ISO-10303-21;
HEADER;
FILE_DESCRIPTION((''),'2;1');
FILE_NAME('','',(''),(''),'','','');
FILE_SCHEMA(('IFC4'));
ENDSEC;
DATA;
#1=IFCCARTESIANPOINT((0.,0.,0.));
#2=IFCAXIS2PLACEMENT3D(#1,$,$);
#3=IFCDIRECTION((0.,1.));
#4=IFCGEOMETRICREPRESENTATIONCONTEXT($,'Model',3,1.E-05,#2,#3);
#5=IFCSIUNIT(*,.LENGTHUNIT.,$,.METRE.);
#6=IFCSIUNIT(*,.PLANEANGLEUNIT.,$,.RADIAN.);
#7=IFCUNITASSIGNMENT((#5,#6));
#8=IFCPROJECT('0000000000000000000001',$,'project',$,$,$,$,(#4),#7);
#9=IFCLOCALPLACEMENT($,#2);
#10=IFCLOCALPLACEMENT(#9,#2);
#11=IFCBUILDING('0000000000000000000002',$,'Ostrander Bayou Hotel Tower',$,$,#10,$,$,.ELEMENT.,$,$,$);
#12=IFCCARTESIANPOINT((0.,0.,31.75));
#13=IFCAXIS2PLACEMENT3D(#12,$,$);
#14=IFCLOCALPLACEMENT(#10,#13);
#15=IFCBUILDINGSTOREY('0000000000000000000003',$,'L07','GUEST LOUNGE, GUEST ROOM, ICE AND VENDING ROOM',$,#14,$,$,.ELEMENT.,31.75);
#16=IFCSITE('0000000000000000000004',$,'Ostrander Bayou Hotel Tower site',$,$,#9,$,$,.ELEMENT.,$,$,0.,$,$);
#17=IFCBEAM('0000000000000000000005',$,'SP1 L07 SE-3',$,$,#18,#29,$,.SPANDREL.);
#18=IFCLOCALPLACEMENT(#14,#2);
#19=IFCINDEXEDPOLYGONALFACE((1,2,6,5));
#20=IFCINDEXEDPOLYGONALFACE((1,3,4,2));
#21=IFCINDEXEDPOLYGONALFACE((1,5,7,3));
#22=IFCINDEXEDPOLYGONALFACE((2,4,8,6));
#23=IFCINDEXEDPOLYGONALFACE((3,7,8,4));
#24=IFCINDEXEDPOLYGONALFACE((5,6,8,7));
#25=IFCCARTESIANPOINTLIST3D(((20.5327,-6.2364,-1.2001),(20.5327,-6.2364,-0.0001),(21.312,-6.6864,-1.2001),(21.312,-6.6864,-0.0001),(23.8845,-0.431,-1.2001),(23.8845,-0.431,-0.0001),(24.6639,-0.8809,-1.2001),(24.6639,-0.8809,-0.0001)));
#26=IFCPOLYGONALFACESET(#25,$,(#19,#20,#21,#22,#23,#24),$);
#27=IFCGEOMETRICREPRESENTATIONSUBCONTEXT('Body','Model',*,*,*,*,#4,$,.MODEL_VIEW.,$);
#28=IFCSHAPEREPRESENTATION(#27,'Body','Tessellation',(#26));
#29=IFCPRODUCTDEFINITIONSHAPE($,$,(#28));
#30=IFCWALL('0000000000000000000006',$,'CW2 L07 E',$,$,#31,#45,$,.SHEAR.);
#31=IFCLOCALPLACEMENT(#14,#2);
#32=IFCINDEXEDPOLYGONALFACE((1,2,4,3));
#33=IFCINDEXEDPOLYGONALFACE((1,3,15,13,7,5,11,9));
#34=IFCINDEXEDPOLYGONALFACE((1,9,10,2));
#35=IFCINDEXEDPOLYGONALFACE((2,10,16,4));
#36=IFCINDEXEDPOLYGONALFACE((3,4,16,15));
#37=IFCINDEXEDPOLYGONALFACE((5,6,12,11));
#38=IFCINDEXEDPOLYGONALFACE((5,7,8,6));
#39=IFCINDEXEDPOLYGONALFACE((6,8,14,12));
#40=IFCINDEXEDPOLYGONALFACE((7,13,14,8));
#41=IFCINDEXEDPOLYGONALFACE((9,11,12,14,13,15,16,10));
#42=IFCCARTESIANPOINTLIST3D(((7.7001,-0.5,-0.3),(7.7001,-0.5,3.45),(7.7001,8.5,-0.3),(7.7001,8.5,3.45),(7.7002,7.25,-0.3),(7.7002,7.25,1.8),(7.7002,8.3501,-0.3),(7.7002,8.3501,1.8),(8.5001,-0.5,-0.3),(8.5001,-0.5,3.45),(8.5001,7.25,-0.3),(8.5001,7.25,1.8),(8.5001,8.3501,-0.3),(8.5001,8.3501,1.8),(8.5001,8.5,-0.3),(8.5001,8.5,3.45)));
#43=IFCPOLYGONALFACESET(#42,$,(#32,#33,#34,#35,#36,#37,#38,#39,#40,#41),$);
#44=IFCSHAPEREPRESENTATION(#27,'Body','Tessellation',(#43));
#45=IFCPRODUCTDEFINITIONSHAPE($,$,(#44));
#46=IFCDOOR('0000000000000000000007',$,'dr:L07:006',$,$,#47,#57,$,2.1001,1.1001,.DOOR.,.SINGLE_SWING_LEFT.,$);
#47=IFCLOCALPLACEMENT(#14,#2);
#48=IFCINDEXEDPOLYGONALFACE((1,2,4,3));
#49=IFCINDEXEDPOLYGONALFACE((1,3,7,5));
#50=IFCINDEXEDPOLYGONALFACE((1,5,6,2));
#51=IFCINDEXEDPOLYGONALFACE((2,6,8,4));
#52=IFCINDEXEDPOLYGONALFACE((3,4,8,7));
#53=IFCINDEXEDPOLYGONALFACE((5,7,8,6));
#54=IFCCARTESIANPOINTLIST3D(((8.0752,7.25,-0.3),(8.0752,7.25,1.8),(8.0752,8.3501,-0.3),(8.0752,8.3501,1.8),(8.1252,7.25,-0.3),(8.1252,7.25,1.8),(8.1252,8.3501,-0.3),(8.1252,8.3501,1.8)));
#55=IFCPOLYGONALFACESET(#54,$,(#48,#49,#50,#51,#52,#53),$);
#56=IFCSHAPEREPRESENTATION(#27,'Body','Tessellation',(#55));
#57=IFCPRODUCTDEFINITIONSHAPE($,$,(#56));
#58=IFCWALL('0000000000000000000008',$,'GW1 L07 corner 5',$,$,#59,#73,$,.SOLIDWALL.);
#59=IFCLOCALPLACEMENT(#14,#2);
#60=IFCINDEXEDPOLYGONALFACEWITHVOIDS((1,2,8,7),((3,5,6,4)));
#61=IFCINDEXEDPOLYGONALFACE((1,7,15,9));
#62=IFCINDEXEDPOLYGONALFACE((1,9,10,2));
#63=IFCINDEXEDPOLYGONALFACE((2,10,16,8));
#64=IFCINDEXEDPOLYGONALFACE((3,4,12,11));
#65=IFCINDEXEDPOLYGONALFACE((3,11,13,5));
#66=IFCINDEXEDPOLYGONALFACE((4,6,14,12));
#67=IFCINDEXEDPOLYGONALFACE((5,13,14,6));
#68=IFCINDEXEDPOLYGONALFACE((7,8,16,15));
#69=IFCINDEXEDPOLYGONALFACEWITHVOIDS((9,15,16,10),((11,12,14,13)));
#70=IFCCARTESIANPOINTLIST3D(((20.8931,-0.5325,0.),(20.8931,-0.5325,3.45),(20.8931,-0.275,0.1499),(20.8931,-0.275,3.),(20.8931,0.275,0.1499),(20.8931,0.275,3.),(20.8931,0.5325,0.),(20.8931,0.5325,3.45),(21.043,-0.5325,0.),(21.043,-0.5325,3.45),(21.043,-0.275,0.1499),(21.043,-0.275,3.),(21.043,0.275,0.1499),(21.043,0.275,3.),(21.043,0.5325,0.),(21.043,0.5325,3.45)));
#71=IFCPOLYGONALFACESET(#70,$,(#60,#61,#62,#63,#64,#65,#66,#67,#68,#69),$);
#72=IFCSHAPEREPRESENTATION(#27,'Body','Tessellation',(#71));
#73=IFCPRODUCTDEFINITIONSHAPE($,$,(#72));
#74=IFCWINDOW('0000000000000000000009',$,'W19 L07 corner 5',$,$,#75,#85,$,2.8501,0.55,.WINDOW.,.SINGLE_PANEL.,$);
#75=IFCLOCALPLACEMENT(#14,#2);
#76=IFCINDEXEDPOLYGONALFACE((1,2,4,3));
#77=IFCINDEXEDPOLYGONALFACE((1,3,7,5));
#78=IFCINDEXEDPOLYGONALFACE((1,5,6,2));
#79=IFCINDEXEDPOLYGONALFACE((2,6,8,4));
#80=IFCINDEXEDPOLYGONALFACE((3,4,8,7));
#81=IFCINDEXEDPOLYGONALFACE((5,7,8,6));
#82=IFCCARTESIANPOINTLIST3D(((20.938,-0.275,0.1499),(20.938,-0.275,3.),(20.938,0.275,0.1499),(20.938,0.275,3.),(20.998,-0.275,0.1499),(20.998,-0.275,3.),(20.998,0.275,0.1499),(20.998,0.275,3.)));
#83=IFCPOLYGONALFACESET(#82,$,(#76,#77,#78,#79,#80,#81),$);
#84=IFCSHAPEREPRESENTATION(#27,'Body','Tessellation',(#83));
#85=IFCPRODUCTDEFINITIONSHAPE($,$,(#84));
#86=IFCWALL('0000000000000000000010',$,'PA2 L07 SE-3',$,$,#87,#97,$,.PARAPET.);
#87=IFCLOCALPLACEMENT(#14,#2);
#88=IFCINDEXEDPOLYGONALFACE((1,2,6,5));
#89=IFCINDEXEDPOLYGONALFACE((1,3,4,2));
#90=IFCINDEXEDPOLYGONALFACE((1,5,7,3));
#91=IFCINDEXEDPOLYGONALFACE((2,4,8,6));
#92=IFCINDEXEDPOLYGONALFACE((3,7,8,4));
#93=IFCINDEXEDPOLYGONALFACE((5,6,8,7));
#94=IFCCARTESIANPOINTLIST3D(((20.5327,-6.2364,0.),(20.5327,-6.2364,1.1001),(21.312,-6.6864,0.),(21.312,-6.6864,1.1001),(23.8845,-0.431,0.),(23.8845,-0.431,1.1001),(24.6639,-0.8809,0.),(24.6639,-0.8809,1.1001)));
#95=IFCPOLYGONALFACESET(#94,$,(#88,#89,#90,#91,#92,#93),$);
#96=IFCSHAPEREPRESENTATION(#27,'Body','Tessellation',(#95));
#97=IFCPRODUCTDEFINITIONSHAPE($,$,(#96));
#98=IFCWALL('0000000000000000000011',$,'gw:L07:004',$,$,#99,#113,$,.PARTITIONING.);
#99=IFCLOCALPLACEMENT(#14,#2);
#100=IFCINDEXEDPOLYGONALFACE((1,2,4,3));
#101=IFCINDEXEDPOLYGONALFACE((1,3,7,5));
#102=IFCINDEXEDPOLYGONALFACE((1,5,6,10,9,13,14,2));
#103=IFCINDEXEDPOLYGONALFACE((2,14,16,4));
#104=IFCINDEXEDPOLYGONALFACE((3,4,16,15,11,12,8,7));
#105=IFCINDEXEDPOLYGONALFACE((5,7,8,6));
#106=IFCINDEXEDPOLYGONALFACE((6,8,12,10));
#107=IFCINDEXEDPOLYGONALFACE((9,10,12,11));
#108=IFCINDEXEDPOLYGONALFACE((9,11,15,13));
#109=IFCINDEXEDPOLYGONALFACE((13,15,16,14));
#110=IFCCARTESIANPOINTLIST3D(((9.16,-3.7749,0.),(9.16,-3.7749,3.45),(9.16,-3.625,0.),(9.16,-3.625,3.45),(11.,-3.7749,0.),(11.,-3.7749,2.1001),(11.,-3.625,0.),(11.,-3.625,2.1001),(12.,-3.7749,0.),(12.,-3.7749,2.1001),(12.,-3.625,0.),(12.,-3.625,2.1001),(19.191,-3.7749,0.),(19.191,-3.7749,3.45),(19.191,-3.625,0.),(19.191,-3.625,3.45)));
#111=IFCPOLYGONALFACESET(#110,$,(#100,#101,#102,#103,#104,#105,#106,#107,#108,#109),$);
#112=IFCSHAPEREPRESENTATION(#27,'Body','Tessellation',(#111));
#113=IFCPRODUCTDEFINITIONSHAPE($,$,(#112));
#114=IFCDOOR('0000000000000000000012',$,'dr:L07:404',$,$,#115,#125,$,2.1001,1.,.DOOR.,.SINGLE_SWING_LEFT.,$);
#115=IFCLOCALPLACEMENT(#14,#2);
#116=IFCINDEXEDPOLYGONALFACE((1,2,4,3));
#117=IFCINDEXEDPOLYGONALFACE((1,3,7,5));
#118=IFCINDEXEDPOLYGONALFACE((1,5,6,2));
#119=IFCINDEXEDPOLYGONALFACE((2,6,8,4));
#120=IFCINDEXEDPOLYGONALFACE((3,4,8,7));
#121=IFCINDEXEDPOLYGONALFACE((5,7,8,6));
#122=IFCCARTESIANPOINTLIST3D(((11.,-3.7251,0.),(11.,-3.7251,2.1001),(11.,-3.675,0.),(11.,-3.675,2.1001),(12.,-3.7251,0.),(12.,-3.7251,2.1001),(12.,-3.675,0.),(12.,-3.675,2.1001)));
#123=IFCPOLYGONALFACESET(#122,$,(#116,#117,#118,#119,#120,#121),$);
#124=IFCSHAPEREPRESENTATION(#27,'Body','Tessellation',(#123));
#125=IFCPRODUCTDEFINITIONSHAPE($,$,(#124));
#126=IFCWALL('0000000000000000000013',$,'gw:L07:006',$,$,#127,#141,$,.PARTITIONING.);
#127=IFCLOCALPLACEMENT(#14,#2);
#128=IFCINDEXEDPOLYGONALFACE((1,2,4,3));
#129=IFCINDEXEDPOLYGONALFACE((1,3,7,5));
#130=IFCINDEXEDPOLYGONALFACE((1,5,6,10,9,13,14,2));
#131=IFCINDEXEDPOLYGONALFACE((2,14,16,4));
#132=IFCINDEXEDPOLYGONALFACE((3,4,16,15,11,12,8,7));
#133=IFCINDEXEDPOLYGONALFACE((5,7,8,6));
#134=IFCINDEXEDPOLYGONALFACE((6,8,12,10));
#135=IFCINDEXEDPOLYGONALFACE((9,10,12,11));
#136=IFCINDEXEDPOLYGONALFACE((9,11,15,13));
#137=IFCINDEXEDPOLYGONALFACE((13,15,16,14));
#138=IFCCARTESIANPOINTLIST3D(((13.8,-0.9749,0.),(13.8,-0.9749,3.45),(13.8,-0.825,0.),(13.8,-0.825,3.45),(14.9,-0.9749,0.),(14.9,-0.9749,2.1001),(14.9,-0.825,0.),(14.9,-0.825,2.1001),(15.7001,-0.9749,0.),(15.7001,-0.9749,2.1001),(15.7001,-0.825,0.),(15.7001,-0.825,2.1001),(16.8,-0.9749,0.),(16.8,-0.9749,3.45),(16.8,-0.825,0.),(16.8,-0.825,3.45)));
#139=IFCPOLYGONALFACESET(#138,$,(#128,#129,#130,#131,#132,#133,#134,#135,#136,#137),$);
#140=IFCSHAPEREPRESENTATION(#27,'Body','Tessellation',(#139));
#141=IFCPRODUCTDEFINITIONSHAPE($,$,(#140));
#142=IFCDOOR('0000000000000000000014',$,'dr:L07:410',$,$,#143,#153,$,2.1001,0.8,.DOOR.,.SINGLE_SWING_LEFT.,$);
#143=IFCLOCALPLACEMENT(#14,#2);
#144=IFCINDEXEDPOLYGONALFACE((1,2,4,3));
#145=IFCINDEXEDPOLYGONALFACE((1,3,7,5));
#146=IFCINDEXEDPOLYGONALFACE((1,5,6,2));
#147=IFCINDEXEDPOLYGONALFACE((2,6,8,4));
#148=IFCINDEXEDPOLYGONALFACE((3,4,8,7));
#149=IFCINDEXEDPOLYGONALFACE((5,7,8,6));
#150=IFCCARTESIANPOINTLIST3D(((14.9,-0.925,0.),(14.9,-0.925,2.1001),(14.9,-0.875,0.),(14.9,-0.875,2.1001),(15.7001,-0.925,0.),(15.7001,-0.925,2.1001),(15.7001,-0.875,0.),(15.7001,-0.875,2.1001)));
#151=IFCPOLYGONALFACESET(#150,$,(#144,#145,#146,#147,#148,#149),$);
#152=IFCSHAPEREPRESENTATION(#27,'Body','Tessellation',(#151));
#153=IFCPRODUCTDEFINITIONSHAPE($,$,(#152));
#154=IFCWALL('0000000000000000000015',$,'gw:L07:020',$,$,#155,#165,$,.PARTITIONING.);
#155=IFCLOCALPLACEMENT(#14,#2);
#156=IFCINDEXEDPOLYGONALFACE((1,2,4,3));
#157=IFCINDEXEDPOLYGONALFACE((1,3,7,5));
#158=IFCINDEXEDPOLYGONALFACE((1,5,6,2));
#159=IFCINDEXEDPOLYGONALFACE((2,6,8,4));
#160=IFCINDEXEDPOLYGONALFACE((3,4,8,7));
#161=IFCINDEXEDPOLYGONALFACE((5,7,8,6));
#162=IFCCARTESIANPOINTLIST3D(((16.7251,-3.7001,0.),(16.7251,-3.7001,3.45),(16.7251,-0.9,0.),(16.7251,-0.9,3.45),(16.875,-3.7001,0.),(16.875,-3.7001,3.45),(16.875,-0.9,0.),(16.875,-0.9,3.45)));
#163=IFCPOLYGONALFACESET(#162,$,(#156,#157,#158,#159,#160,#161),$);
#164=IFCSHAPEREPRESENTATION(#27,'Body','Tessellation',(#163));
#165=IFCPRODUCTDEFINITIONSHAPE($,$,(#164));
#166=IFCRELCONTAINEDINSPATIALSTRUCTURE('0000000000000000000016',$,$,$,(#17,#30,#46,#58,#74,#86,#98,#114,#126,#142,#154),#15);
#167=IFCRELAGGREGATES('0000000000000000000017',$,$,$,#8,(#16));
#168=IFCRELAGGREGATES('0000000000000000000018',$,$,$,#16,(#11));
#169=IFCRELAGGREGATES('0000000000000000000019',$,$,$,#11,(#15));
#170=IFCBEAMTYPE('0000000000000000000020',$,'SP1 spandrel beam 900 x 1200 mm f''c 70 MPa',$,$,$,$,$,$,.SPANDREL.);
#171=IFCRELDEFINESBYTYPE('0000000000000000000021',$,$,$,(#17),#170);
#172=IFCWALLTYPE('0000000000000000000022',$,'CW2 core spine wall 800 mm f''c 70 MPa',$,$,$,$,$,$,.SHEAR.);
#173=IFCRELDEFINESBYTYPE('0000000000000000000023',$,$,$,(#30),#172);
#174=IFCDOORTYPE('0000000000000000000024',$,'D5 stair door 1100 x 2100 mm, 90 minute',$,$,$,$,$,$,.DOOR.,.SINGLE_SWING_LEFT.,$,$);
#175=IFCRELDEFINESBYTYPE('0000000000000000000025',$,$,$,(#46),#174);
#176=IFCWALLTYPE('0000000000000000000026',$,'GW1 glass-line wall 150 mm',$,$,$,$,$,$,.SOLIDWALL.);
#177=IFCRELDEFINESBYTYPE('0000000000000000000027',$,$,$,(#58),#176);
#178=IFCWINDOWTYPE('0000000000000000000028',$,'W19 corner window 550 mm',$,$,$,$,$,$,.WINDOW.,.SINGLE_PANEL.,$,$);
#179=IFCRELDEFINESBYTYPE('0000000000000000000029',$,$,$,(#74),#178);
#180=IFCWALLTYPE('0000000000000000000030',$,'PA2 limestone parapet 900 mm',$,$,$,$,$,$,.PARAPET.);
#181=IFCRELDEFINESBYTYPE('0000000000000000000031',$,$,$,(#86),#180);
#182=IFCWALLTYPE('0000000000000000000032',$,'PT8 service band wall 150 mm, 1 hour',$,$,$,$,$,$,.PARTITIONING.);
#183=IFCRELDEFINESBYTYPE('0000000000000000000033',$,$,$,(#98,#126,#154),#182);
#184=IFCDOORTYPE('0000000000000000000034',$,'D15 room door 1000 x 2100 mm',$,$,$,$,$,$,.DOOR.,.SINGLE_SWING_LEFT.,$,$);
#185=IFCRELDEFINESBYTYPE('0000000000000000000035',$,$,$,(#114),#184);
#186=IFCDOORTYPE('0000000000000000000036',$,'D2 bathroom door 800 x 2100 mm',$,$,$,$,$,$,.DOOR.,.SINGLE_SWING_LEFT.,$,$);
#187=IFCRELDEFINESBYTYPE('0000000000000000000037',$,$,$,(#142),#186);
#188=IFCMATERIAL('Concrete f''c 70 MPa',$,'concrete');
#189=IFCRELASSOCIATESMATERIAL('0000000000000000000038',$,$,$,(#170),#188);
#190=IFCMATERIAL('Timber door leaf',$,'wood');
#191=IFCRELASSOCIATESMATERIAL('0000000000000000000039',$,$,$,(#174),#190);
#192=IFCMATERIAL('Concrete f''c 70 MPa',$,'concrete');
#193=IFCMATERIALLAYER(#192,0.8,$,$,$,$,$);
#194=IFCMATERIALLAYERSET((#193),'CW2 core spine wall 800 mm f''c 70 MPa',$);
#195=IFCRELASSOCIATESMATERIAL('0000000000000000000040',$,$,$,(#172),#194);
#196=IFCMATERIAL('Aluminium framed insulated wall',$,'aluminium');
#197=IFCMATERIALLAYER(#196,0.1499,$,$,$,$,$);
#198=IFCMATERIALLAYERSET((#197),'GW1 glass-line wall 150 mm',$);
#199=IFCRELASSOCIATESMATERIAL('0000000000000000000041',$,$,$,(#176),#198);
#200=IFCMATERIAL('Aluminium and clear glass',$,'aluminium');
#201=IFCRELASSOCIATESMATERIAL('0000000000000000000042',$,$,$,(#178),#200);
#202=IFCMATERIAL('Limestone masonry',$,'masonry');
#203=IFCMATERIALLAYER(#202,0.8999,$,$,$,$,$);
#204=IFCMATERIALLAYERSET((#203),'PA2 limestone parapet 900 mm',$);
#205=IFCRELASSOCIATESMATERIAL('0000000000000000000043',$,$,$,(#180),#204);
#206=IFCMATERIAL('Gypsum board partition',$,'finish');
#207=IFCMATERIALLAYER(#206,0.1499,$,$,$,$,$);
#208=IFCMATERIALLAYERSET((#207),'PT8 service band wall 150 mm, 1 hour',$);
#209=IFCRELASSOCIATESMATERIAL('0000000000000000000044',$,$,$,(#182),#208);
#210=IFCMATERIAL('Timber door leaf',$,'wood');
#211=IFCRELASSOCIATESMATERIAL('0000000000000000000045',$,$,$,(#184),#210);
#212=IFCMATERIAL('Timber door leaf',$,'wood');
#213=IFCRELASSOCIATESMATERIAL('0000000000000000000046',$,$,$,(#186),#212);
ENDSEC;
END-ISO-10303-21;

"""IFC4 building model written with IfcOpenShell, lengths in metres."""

from ifc_helpers import new_model, si_unit, direction, frame, frame_2d, origin, origin_2d, place, context, subcontext, project, spatial, rectangle, extrude, material, layer, layer_set, material_profile, profile_set, type_object, element, fill, save


model = new_model("IFC4")

# Units and contexts
model_context = context("Model", 3, precision=1e-05, world=origin(), true_north=direction((0.0, 1.0)))
body_context = subcontext(model_context, "Body", "Model", "MODEL_VIEW")
ifc_project = project(units=[si_unit("LENGTHUNIT", "METRE"), si_unit("PLANEANGLEUNIT", "RADIAN")], contexts=[model_context])

# Site, building, storey
site_placement = place(None, origin())
site = spatial("IfcSite", under=ifc_project, at=site_placement, Name="Ostrander Bayou Hotel Tower site", CompositionType="ELEMENT", RefElevation=0.0)
building_placement = place(site_placement, origin())
building = spatial("IfcBuilding", under=site, at=building_placement, Name="Ostrander Bayou Hotel Tower", CompositionType="ELEMENT")
storey_placement = place(building_placement, frame((0.0, 0.0, 31.75)))
storey = spatial("IfcBuildingStorey", under=building, at=storey_placement, Name="L07", Description="GUEST LOUNGE, GUEST ROOM, ICE AND VENDING ROOM", CompositionType="ELEMENT", Elevation=31.75)

# Beam
ifc_material_1 = material(Name="Concrete f'c 70 MPa", Category="concrete")
ifc_material_profile = material_profile(ifc_material_1, rectangle(XDim=0.8999, YDim=1.2, at=origin_2d()))
ifc_profile_set = profile_set([ifc_material_profile], Name="Concrete f'c 70 MPa")
beam_type = type_object("IfcBeamType", Name="SP1 spandrel beam 900 x 1200 mm f'c 70 MPa", PredefinedType="SPANDREL", material=ifc_profile_set)
beam_placement = place(storey_placement, frame((20.9224, -6.4614, -0.6001), z_axis=(0.500005, 0.866022, 0.0), x_axis=(-0.866022, 0.500005, 0.0)))
element("IfcBeam", 1, at=beam_placement, inside=storey, type_object=beam_type, Name="SP1 L07 SE-3", PredefinedType="SPANDREL", context=body_context, shape_type="SweptSolid", body=[
    extrude(rectangle(XDim=0.8999, YDim=1.2, at=origin_2d()), origin(), (0.0, 0.0, 1.0), 6.7036),
])

# Shared definitions
ifc_material_2 = material(Name="Timber door leaf", Category="wood")
door_type_1 = type_object("IfcDoorType", Name="D5 stair door 1100 x 2100 mm, 90 minute", OperationType="SINGLE_SWING_LEFT", PredefinedType="DOOR", material=ifc_material_2)

# Wall, opening, door
ifc_material_3 = material(Name="Concrete f'c 70 MPa", Category="concrete")
ifc_layer_1 = layer(ifc_material_3, 0.8)
ifc_layer_set_1 = layer_set([ifc_layer_1], Name="CW2 core spine wall 800 mm f'c 70 MPa")
wall_type_1 = type_object("IfcWallType", Name="CW2 core spine wall 800 mm f'c 70 MPa", PredefinedType="SHEAR", material=ifc_layer_set_1)
wall_1_placement = place(storey_placement, frame((8.1001, -0.5, -0.3), z_axis=(0.0, 0.0, 1.0), x_axis=(0.0, 1.0, 0.0)))
wall_1 = element("IfcWall", 2, at=wall_1_placement, inside=storey, type_object=wall_type_1, Name="CW2 L07 E", PredefinedType="SHEAR", context=body_context, shape_type="SweptSolid", body=[
    extrude(rectangle(XDim=9.0, YDim=0.8, at=frame_2d((4.5, 0.0))), origin(), (0.0, 0.0, 1.0), 3.75),
])
opening_1_placement = place(wall_1_placement, frame((7.75, 0.0, 0.0)))
opening_1 = element("IfcOpeningElement", 3, at=opening_1_placement, cuts=wall_1, PredefinedType="OPENING", context=body_context, shape_type="SweptSolid", body=[
    extrude(rectangle(XDim=1.1001, YDim=2.1001, at=frame_2d((0.55, 1.05))), frame((0.0, 0.3999, 0.0), z_axis=(0.0, -1.0, 0.0), x_axis=(1.0, 0.0, 0.0)), (0.0, 0.0, 1.0), 0.8),
])
door_1_placement = place(opening_1_placement, origin())
door_1 = element("IfcDoor", 4, at=door_1_placement, inside=storey, type_object=door_type_1, Name="dr:L07:006", OperationType="SINGLE_SWING_LEFT", OverallHeight=2.1001, OverallWidth=1.1001, PredefinedType="DOOR", context=body_context, shape_type="SweptSolid", body=[
    extrude(rectangle(XDim=1.1001, YDim=2.1001, at=frame_2d((0.55, 1.05))), frame((0.0, 0.0249, 0.0), z_axis=(0.0, -1.0, 0.0), x_axis=(1.0, 0.0, 0.0)), (0.0, 0.0, 1.0), 0.05),
])
fill(opening_1, door_1)

# Wall, opening, window
ifc_material_4 = material(Name="Aluminium framed insulated wall", Category="aluminium")
ifc_layer_2 = layer(ifc_material_4, 0.1499)
ifc_layer_set_2 = layer_set([ifc_layer_2], Name="GW1 glass-line wall 150 mm")
wall_type_2 = type_object("IfcWallType", Name="GW1 glass-line wall 150 mm", PredefinedType="SOLIDWALL", material=ifc_layer_set_2)
wall_2_placement = place(storey_placement, frame((20.968, -0.5325, 0.0), z_axis=(0.0, 0.0, 1.0), x_axis=(0.0, 1.0, 0.0)))
wall_2 = element("IfcWall", 5, at=wall_2_placement, inside=storey, type_object=wall_type_2, Name="GW1 L07 corner 5", PredefinedType="SOLIDWALL", context=body_context, shape_type="SweptSolid", body=[
    extrude(rectangle(XDim=1.0649, YDim=0.1499, at=frame_2d((0.5325, 0.0))), origin(), (0.0, 0.0, 1.0), 3.45),
])
opening_2_placement = place(wall_2_placement, frame((0.2576, 0.0, 0.1499)))
opening_2 = element("IfcOpeningElement", 6, at=opening_2_placement, cuts=wall_2, PredefinedType="OPENING", context=body_context, shape_type="SweptSolid", body=[
    extrude(rectangle(XDim=0.55, YDim=2.8501, at=frame_2d((0.2749, 1.425))), frame((0.0, 0.075, 0.0), z_axis=(0.0, -1.0, 0.0), x_axis=(1.0, 0.0, 0.0)), (0.0, 0.0, 1.0), 0.1499),
])
ifc_material_5 = material(Name="Aluminium and clear glass", Category="aluminium")
window_type = type_object("IfcWindowType", Name="W19 corner window 550 mm", PartitioningType="SINGLE_PANEL", PredefinedType="WINDOW", material=ifc_material_5)
window_placement = place(opening_2_placement, origin())
window = element("IfcWindow", 7, at=window_placement, inside=storey, type_object=window_type, Name="W19 L07 corner 5", OverallHeight=2.8501, OverallWidth=0.55, PartitioningType="SINGLE_PANEL", PredefinedType="WINDOW", context=body_context, shape_type="SweptSolid", body=[
    extrude(rectangle(XDim=0.55, YDim=2.8501, at=frame_2d((0.2749, 1.425))), frame((0.0, 0.03, 0.0), z_axis=(0.0, -1.0, 0.0), x_axis=(1.0, 0.0, 0.0)), (0.0, 0.0, 1.0), 0.0601),
])
fill(opening_2, window)

# Wall
ifc_material_6 = material(Name="Limestone masonry", Category="masonry")
ifc_layer_3 = layer(ifc_material_6, 0.8999)
ifc_layer_set_3 = layer_set([ifc_layer_3], Name="PA2 limestone parapet 900 mm")
wall_type_3 = type_object("IfcWallType", Name="PA2 limestone parapet 900 mm", PredefinedType="PARAPET", material=ifc_layer_set_3)
wall_3_placement = place(storey_placement, frame((20.9224, -6.4614, 0.0), z_axis=(0.0, 0.0, 1.0), x_axis=(0.500005, 0.866022, 0.0)))
element("IfcWall", 8, at=wall_3_placement, inside=storey, type_object=wall_type_3, Name="PA2 L07 SE-3", PredefinedType="PARAPET", context=body_context, shape_type="SweptSolid", body=[
    extrude(rectangle(XDim=6.7036, YDim=0.8999, at=frame_2d((3.3518, 0.0))), origin(), (0.0, 0.0, 1.0), 1.1001),
])

# Walls, openings, doors
ifc_material_7 = material(Name="Gypsum board partition", Category="finish")
ifc_layer_4 = layer(ifc_material_7, 0.1499)
ifc_layer_set_4 = layer_set([ifc_layer_4], Name="PT8 service band wall 150 mm, 1 hour")
wall_type_4 = type_object("IfcWallType", Name="PT8 service band wall 150 mm, 1 hour", PredefinedType="PARTITIONING", material=ifc_layer_set_4)
wall_4_placement = place(storey_placement, frame((9.1599, -3.7, 0.0), z_axis=(0.0, 0.0, 1.0), x_axis=(1.0, 0.0, 0.0)))
wall_4 = element("IfcWall", 9, at=wall_4_placement, inside=storey, type_object=wall_type_4, Name="gw:L07:004", PredefinedType="PARTITIONING", context=body_context, shape_type="SweptSolid", body=[
    extrude(rectangle(XDim=10.031, YDim=0.1499, at=frame_2d((5.0156, 0.0))), origin(), (0.0, 0.0, 1.0), 3.45),
])
opening_3_placement = place(wall_4_placement, frame((1.8401, 0.0, 0.0)))
opening_3 = element("IfcOpeningElement", 10, at=opening_3_placement, cuts=wall_4, PredefinedType="OPENING", context=body_context, shape_type="SweptSolid", body=[
    extrude(rectangle(XDim=1.0, YDim=2.1001, at=frame_2d((0.5, 1.05))), frame((0.0, 0.075, 0.0), z_axis=(0.0, -1.0, 0.0), x_axis=(1.0, 0.0, 0.0)), (0.0, 0.0, 1.0), 0.1499),
])
ifc_material_8 = material(Name="Timber door leaf", Category="wood")
door_type_2 = type_object("IfcDoorType", Name="D15 room door 1000 x 2100 mm", OperationType="SINGLE_SWING_LEFT", PredefinedType="DOOR", material=ifc_material_8)
door_2_placement = place(opening_3_placement, origin())
door_2 = element("IfcDoor", 11, at=door_2_placement, inside=storey, type_object=door_type_2, Name="dr:L07:404", OperationType="SINGLE_SWING_LEFT", OverallHeight=2.1001, OverallWidth=1.0, PredefinedType="DOOR", context=body_context, shape_type="SweptSolid", body=[
    extrude(rectangle(XDim=1.0, YDim=2.1001, at=frame_2d((0.5, 1.05))), frame((0.0, 0.0249, 0.0), z_axis=(0.0, -1.0, 0.0), x_axis=(1.0, 0.0, 0.0)), (0.0, 0.0, 1.0), 0.05),
])
fill(opening_3, door_2)
wall_5_placement = place(storey_placement, frame((13.8, -0.8999, 0.0), z_axis=(0.0, 0.0, 1.0), x_axis=(1.0, 0.0, 0.0)))
wall_5 = element("IfcWall", 12, at=wall_5_placement, inside=storey, type_object=wall_type_4, Name="gw:L07:006", PredefinedType="PARTITIONING", context=body_context, shape_type="SweptSolid", body=[
    extrude(rectangle(XDim=3.0, YDim=0.1499, at=frame_2d((1.5, 0.0))), origin(), (0.0, 0.0, 1.0), 3.45),
])
opening_4_placement = place(wall_5_placement, frame((1.1001, 0.0, 0.0)))
opening_4 = element("IfcOpeningElement", 13, at=opening_4_placement, cuts=wall_5, PredefinedType="OPENING", context=body_context, shape_type="SweptSolid", body=[
    extrude(rectangle(XDim=0.8, YDim=2.1001, at=frame_2d((0.3999, 1.05))), frame((0.0, 0.075, 0.0), z_axis=(0.0, -1.0, 0.0), x_axis=(1.0, 0.0, 0.0)), (0.0, 0.0, 1.0), 0.1499),
])
ifc_material_9 = material(Name="Timber door leaf", Category="wood")
door_type_3 = type_object("IfcDoorType", Name="D2 bathroom door 800 x 2100 mm", OperationType="SINGLE_SWING_LEFT", PredefinedType="DOOR", material=ifc_material_9)
door_3_placement = place(opening_4_placement, origin())
door_3 = element("IfcDoor", 14, at=door_3_placement, inside=storey, type_object=door_type_3, Name="dr:L07:410", OperationType="SINGLE_SWING_LEFT", OverallHeight=2.1001, OverallWidth=0.8, PredefinedType="DOOR", context=body_context, shape_type="SweptSolid", body=[
    extrude(rectangle(XDim=0.8, YDim=2.1001, at=frame_2d((0.3999, 1.05))), frame((0.0, 0.0249, 0.0), z_axis=(0.0, -1.0, 0.0), x_axis=(1.0, 0.0, 0.0)), (0.0, 0.0, 1.0), 0.05),
])
fill(opening_4, door_3)

# Wall
wall_6_placement = place(storey_placement, frame((16.8, -3.7, 0.0), z_axis=(0.0, 0.0, 1.0), x_axis=(0.0, 1.0, 0.0)))
element("IfcWall", 15, at=wall_6_placement, inside=storey, type_object=wall_type_4, Name="gw:L07:020", PredefinedType="PARTITIONING", context=body_context, shape_type="SweptSolid", body=[
    extrude(rectangle(XDim=2.8, YDim=0.1499, at=frame_2d((1.3999, 0.0))), origin(), (0.0, 0.0, 1.0), 3.45),
])

save(model, "model.ifc")
